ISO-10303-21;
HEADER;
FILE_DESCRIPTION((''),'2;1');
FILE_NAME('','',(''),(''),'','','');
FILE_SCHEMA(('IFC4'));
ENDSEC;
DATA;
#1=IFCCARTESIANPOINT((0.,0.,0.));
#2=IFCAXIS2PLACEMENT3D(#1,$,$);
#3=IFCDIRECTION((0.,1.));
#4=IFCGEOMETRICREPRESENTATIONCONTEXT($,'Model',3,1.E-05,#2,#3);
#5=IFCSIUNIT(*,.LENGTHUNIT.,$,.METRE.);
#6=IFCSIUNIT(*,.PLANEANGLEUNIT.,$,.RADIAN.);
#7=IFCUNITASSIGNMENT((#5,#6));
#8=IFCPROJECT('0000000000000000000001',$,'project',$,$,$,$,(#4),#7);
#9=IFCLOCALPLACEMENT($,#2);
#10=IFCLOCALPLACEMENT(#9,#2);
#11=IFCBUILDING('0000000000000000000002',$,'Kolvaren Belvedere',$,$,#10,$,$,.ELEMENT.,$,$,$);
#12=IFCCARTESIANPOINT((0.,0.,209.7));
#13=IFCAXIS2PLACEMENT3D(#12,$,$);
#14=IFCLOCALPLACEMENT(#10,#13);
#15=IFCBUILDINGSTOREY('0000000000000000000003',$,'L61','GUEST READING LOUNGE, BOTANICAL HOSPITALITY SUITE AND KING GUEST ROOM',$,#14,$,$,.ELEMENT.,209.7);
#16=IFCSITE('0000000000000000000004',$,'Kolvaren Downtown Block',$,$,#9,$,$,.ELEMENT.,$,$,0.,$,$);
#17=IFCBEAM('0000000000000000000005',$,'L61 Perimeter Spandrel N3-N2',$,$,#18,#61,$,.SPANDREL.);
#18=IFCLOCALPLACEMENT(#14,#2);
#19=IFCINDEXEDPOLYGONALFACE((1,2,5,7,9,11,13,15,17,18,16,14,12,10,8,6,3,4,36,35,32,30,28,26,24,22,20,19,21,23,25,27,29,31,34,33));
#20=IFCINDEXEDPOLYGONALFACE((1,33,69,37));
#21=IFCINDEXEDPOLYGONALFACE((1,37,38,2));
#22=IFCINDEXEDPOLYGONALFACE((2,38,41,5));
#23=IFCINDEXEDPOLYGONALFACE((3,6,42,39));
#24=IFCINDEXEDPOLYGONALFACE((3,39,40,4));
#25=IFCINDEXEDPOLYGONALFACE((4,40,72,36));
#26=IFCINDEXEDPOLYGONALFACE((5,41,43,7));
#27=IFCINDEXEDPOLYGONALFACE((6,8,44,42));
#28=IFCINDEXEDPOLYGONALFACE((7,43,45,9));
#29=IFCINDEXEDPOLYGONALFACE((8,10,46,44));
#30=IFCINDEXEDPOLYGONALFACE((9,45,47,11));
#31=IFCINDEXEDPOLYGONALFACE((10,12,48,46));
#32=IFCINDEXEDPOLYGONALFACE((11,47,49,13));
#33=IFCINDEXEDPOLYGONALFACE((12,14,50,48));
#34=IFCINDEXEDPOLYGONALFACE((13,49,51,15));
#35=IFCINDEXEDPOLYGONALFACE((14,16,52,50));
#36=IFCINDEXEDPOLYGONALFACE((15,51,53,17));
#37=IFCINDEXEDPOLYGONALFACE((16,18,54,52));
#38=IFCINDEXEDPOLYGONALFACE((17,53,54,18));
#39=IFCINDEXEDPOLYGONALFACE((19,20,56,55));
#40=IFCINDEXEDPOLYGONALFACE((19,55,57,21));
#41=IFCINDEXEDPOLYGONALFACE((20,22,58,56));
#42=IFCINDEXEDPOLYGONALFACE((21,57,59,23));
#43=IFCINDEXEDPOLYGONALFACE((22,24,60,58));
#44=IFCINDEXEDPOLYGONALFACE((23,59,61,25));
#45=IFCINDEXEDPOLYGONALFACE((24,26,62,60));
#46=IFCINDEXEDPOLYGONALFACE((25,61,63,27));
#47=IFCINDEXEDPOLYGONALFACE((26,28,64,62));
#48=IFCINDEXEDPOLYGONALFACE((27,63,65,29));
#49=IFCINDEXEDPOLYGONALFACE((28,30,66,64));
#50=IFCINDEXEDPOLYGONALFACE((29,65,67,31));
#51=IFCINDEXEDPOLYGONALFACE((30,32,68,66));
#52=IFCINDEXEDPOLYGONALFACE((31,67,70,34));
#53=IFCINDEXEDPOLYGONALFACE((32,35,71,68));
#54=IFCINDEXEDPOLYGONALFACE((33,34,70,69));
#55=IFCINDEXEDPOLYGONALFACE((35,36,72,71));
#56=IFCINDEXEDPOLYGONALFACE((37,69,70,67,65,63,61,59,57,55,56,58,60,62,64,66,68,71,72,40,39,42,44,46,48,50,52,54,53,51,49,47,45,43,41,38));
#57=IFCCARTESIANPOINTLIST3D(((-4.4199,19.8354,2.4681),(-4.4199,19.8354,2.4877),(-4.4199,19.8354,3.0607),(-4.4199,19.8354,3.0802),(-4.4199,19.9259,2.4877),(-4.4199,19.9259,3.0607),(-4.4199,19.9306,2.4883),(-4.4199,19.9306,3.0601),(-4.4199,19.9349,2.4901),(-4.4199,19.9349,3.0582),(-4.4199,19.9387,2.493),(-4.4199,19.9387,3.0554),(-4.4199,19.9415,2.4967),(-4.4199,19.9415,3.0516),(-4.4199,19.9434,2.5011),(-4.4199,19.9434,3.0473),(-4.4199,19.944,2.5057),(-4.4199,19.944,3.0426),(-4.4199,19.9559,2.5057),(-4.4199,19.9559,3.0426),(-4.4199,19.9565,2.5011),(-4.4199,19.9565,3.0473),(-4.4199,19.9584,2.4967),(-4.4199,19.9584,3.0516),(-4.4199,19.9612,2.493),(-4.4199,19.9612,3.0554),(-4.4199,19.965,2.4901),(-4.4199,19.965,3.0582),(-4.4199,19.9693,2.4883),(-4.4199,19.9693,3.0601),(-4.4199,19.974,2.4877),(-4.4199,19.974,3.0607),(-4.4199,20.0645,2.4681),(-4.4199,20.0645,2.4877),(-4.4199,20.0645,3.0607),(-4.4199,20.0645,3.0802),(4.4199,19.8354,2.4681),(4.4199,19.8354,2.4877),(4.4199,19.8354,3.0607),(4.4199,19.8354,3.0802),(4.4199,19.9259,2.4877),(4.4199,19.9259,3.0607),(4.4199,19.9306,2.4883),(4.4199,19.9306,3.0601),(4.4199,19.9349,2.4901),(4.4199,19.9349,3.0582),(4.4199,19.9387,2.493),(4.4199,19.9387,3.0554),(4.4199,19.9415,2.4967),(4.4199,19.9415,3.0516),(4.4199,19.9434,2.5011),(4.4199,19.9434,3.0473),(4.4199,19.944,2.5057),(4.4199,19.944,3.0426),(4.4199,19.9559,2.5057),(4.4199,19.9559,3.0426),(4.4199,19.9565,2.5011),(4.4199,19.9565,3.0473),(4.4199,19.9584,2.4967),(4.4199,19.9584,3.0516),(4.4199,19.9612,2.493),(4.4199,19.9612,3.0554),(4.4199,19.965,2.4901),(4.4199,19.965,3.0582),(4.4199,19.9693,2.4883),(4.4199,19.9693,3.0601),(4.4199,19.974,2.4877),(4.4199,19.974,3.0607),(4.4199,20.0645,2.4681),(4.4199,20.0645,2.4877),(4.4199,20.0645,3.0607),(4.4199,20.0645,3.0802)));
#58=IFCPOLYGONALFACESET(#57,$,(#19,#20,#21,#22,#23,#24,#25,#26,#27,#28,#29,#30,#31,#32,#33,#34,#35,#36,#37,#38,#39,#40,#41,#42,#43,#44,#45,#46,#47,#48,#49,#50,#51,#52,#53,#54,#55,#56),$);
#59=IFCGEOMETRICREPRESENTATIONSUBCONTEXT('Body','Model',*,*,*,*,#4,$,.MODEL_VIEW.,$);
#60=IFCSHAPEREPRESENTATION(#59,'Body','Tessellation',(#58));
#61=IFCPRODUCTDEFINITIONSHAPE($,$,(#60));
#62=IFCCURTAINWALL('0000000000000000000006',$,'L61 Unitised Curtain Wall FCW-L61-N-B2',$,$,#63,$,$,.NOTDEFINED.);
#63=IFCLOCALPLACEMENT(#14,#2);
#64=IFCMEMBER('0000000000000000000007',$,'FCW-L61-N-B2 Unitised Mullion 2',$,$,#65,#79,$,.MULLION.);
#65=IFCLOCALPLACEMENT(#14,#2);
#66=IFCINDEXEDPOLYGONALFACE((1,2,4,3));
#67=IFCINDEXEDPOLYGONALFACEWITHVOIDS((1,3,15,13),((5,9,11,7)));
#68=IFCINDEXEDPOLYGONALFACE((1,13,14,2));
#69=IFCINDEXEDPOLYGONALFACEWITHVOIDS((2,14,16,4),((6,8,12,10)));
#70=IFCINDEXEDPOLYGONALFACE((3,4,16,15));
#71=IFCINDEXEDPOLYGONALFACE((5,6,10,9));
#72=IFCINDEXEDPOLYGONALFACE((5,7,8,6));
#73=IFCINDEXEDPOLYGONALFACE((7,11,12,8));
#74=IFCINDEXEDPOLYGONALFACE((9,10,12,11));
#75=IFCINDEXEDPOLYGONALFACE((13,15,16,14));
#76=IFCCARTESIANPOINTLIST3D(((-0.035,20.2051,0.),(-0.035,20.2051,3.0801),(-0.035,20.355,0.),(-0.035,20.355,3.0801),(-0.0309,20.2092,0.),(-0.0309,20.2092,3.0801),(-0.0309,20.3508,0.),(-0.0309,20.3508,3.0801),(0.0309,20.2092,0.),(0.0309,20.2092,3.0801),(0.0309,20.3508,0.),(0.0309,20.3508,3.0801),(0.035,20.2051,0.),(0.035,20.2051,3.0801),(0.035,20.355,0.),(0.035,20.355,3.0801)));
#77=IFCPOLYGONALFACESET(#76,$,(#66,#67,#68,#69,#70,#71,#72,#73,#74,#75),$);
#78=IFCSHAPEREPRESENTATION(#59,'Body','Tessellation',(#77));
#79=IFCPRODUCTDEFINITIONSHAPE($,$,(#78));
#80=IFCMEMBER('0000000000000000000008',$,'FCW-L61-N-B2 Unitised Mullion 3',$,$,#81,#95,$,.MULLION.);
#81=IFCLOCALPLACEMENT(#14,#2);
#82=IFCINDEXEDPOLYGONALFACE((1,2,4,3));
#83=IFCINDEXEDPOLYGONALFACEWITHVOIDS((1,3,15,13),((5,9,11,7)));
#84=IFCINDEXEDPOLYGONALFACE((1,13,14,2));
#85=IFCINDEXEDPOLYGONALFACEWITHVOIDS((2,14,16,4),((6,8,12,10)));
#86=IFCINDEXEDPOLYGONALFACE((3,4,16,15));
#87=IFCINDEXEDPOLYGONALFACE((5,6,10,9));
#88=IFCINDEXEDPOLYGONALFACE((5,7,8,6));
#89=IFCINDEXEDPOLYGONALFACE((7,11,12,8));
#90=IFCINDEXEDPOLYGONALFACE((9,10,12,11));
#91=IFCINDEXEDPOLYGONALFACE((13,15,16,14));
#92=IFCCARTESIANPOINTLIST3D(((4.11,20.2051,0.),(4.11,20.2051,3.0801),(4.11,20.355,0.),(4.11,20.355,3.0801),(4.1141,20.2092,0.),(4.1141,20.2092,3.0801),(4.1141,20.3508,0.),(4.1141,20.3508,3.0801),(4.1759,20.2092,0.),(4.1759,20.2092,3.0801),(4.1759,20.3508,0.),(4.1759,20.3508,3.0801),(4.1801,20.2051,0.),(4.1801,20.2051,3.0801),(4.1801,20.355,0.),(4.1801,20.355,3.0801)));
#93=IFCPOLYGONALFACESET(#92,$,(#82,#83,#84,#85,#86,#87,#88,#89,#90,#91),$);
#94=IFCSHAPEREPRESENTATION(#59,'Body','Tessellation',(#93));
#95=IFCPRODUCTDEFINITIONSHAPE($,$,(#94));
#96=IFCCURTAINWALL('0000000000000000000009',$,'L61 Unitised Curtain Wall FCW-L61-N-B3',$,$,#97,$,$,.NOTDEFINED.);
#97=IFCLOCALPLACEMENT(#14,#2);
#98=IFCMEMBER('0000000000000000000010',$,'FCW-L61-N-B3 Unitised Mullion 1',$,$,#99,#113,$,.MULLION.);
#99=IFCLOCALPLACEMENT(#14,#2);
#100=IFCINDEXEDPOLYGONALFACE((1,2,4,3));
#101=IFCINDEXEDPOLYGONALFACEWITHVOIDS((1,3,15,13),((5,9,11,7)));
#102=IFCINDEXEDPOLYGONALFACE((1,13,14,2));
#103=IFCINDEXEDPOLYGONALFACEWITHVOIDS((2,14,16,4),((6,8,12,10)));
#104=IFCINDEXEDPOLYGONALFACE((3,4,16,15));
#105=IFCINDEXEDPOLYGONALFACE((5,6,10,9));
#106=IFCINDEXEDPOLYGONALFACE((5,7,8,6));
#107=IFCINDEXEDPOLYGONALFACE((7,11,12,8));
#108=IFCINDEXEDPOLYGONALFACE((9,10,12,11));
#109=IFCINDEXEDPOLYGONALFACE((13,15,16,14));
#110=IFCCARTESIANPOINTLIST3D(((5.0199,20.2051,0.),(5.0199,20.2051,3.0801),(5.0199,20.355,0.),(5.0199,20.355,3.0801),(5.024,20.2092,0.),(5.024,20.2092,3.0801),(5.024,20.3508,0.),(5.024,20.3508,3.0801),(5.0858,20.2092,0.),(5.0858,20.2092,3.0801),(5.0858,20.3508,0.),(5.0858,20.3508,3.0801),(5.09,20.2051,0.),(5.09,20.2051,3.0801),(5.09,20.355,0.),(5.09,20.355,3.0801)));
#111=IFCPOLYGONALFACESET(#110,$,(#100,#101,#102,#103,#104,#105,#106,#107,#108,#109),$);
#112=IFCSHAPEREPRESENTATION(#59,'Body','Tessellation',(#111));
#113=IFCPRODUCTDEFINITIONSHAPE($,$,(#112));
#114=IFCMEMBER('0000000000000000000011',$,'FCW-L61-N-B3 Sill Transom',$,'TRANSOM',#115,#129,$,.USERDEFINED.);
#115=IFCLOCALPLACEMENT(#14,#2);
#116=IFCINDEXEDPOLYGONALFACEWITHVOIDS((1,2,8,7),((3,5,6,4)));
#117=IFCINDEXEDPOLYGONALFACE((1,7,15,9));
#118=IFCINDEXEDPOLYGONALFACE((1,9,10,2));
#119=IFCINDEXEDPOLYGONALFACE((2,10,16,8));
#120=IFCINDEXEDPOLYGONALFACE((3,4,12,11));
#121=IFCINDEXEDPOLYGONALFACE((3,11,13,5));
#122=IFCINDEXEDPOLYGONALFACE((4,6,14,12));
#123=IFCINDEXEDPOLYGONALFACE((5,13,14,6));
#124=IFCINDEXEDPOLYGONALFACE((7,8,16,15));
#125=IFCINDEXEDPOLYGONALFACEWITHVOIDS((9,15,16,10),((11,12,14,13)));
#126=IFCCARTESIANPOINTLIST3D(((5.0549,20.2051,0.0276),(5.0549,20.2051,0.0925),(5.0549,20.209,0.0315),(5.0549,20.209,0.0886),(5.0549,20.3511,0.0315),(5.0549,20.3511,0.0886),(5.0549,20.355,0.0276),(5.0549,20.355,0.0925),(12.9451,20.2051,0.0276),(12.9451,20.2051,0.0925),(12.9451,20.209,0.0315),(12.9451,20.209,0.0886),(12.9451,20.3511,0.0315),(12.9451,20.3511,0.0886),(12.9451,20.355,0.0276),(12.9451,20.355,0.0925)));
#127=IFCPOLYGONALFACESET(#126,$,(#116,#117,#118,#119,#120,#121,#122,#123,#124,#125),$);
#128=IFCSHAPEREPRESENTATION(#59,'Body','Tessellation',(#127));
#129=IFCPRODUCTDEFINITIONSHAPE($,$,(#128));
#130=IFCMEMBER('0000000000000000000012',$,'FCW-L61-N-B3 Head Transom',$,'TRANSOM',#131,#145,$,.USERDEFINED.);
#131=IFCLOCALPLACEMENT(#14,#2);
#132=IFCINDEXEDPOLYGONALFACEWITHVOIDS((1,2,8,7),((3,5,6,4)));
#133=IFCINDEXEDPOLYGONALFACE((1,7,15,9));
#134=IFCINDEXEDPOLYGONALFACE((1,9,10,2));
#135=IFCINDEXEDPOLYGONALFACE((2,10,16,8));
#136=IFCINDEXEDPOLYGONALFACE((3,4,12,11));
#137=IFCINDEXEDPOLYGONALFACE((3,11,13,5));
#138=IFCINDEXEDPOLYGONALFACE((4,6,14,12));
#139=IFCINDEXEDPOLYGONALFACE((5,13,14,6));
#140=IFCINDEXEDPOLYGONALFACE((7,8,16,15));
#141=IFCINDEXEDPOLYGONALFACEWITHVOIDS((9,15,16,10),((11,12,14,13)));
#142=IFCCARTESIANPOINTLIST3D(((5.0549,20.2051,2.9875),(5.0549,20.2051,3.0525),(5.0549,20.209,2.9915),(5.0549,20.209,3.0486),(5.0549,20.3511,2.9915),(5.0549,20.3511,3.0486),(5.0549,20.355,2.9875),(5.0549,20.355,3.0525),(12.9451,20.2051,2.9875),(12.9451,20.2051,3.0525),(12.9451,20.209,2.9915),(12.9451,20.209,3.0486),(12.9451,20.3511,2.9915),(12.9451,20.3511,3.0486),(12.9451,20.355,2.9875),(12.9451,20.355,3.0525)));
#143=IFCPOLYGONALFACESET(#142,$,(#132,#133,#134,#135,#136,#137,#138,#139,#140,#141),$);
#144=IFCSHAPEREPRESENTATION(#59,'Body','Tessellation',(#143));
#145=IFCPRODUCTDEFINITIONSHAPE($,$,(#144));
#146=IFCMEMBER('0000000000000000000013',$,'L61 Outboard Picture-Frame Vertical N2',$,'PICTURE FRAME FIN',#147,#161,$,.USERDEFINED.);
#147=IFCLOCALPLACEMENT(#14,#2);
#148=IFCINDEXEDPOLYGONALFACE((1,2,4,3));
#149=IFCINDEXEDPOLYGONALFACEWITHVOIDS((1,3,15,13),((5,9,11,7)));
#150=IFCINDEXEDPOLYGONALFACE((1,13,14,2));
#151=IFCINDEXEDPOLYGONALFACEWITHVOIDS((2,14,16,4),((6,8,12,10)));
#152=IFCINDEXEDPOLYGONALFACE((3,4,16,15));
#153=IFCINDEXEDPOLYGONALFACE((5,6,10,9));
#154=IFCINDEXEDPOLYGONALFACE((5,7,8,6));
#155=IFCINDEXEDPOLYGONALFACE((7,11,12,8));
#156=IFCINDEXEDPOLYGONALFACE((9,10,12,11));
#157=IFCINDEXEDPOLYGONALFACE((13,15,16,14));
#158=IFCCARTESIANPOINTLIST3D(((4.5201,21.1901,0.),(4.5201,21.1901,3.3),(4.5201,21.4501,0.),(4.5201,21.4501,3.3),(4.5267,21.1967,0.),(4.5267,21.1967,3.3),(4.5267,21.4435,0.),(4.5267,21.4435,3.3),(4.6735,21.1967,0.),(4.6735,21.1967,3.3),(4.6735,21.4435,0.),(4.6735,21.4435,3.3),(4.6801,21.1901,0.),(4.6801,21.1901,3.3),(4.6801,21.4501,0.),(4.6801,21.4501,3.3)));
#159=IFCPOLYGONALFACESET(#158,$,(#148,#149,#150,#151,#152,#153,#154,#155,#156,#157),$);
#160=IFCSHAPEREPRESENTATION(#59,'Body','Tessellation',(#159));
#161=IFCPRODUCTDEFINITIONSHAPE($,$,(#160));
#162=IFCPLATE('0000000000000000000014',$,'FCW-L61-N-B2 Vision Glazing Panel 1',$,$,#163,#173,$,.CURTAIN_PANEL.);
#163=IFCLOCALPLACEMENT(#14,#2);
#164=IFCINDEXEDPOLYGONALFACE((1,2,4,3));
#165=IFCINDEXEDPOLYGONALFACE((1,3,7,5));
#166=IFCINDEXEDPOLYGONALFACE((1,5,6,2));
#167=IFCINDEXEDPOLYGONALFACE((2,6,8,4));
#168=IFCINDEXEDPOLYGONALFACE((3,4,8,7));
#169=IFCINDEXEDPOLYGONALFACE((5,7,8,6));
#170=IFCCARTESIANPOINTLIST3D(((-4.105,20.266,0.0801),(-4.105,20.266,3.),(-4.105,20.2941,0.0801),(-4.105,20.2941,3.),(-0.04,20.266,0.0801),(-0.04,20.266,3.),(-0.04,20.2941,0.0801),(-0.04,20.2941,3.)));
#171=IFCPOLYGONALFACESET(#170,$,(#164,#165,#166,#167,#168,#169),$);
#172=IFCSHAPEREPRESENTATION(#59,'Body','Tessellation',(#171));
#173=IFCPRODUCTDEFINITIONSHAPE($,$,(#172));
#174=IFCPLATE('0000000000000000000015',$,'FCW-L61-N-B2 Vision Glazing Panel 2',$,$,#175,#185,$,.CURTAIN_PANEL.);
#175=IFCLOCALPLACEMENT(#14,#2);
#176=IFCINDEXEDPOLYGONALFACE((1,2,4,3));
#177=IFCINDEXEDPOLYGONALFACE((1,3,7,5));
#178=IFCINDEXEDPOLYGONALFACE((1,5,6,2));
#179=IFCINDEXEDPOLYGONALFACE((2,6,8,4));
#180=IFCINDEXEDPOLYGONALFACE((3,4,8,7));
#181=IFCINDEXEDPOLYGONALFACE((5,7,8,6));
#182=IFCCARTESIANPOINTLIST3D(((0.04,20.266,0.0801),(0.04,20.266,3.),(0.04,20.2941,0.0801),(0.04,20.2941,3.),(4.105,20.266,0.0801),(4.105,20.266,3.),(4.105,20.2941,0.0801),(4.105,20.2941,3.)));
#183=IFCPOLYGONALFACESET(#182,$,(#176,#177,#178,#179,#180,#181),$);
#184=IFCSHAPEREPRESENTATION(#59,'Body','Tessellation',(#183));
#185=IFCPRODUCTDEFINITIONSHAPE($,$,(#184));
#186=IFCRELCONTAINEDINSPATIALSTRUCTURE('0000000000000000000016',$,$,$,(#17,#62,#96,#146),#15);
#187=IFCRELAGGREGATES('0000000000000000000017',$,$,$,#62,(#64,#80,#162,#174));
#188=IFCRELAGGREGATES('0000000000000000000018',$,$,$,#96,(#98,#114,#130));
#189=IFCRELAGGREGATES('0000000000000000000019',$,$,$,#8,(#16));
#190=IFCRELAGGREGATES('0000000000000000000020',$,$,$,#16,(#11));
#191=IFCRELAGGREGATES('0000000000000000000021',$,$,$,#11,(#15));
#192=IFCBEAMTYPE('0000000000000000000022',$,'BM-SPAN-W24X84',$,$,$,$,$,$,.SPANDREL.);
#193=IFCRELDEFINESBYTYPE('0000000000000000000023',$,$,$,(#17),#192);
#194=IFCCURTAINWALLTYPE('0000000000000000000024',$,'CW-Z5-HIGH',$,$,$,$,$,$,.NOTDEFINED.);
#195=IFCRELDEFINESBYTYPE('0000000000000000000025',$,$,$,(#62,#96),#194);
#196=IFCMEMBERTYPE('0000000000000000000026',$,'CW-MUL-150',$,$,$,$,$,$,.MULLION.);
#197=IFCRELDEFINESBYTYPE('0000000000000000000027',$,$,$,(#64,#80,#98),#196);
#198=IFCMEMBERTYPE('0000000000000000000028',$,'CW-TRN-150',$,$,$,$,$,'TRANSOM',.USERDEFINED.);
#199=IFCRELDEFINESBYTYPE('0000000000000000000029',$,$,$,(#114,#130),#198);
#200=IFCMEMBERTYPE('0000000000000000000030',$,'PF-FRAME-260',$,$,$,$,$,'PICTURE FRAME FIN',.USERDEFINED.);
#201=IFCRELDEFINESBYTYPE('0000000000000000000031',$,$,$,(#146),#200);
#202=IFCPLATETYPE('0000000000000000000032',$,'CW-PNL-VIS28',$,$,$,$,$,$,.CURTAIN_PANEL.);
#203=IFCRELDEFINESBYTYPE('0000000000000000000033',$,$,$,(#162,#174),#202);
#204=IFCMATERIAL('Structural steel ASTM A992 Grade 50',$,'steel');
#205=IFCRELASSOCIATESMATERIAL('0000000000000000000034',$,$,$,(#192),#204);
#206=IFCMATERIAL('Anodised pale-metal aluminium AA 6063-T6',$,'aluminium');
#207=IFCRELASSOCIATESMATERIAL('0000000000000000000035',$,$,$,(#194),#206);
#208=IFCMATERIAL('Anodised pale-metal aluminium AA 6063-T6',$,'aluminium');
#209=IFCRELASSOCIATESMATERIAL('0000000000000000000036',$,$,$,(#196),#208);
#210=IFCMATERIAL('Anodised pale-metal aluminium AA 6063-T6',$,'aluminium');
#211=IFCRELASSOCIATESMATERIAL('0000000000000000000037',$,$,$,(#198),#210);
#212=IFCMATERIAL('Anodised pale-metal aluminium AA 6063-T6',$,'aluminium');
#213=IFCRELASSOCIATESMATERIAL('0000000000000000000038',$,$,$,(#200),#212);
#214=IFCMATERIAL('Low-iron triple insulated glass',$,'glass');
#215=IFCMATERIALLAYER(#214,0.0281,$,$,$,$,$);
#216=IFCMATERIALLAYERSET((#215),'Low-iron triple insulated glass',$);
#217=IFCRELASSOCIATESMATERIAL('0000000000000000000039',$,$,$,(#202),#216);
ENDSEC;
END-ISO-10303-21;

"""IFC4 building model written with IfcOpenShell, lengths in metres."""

from ifc_helpers import new_model, si_unit, direction, frame, origin, origin_2d, place, context, subcontext, project, spatial, rectangle, hollow_rectangle, i_section, extrude, material, layer, layer_set, material_profile, profile_set, type_object, element, aggregate, save


model = new_model("IFC4")

# Units and contexts
model_context = context("Model", 3, precision=1e-05, world=origin(), true_north=direction((0.0, 1.0)))
body_context = subcontext(model_context, "Body", "Model", "MODEL_VIEW")
ifc_project = project(units=[si_unit("LENGTHUNIT", "METRE"), si_unit("PLANEANGLEUNIT", "RADIAN")], contexts=[model_context])

# Site, building, storey
site_placement = place(None, origin())
site = spatial("IfcSite", under=ifc_project, at=site_placement, Name="Kolvaren Downtown Block", CompositionType="ELEMENT", RefElevation=0.0)
building_placement = place(site_placement, origin())
building = spatial("IfcBuilding", under=site, at=building_placement, Name="Kolvaren Belvedere", CompositionType="ELEMENT")
storey_placement = place(building_placement, frame((0.0, 0.0, 209.7)))
storey = spatial("IfcBuildingStorey", under=building, at=storey_placement, Name="L61", Description="GUEST READING LOUNGE, BOTANICAL HOSPITALITY SUITE AND KING GUEST ROOM", CompositionType="ELEMENT", Elevation=209.7)

# Beam
ifc_material_1 = material(Name="Structural steel ASTM A992 Grade 50", Category="steel")
ifc_material_profile_1 = material_profile(ifc_material_1, i_section(OverallWidth=0.229, OverallDepth=0.6121, WebThickness=0.012, FlangeThickness=0.0195, FilletRadius=0.0181, at=origin_2d()), Name="W24X84")
ifc_profile_set_1 = profile_set([ifc_material_profile_1], Name="Structural steel ASTM A992 Grade 50")
beam_type_1 = type_object("IfcBeamType", Name="BM-SPAN-W24X84", PredefinedType="SPANDREL", material=ifc_profile_set_1)
beam_1_placement = place(storey_placement, frame((4.4199, 19.95, 2.7742), z_axis=(-1.0, 0.0, 0.0), x_axis=(0.0, -1.0, 0.0)))
element("IfcBeam", 1, at=beam_1_placement, inside=storey, type_object=beam_type_1, Name="L61 Perimeter Spandrel N3-N2", PredefinedType="SPANDREL", context=body_context, shape_type="SweptSolid", body=[
    extrude(i_section(OverallWidth=0.229, OverallDepth=0.6121, WebThickness=0.012, FlangeThickness=0.0195, FilletRadius=0.0181, at=origin_2d()), origin(), (0.0, 0.0, 1.0), 8.8398),
])

# Curtain walls, members
ifc_material_2 = material(Name="Anodised pale-metal aluminium AA 6063-T6", Category="aluminium")
curtain_wall_type = type_object("IfcCurtainWallType", Name="CW-Z5-HIGH", PredefinedType="NOTDEFINED", material=ifc_material_2)
curtain_wall_1_placement = place(storey_placement, origin())
curtain_wall_1 = element("IfcCurtainWall", 2, at=curtain_wall_1_placement, inside=storey, type_object=curtain_wall_type, Name="L61 Unitised Curtain Wall FCW-L61-N-B2", PredefinedType="NOTDEFINED")
ifc_material_3 = material(Name="Anodised pale-metal aluminium AA 6063-T6", Category="aluminium")
ifc_material_profile_2 = material_profile(ifc_material_3, hollow_rectangle(XDim=0.0701, YDim=0.1499, WallThickness=0.0042, at=origin_2d()), Name="ALU-MUL-150X70")
ifc_profile_set_2 = profile_set([ifc_material_profile_2], Name="Anodised pale-metal aluminium AA 6063-T6")
member_type_1 = type_object("IfcMemberType", Name="CW-MUL-150", PredefinedType="MULLION", material=ifc_profile_set_2)
member_1_placement = place(storey_placement, frame((0.0, 20.28, 0.0), z_axis=(0.0, 0.0, 1.0), x_axis=(1.0, 0.0, 0.0)))
member_1 = element("IfcMember", 3, at=member_1_placement, type_object=member_type_1, Name="FCW-L61-N-B2 Unitised Mullion 2", PredefinedType="MULLION", context=body_context, shape_type="SweptSolid", body=[
    extrude(hollow_rectangle(XDim=0.0701, YDim=0.1499, WallThickness=0.0042, at=origin_2d()), origin(), (0.0, 0.0, 1.0), 3.0801),
])
member_2_placement = place(storey_placement, frame((4.145, 20.28, 0.0), z_axis=(0.0, 0.0, 1.0), x_axis=(1.0, 0.0, 0.0)))
member_2 = element("IfcMember", 4, at=member_2_placement, type_object=member_type_1, Name="FCW-L61-N-B2 Unitised Mullion 3", PredefinedType="MULLION", context=body_context, shape_type="SweptSolid", body=[
    extrude(hollow_rectangle(XDim=0.0701, YDim=0.1499, WallThickness=0.0042, at=origin_2d()), origin(), (0.0, 0.0, 1.0), 3.0801),
])
curtain_wall_2_placement = place(storey_placement, origin())
curtain_wall_2 = element("IfcCurtainWall", 5, at=curtain_wall_2_placement, inside=storey, type_object=curtain_wall_type, Name="L61 Unitised Curtain Wall FCW-L61-N-B3", PredefinedType="NOTDEFINED")
member_3_placement = place(storey_placement, frame((5.0549, 20.28, 0.0), z_axis=(0.0, 0.0, 1.0), x_axis=(1.0, 0.0, 0.0)))
member_3 = element("IfcMember", 6, at=member_3_placement, type_object=member_type_1, Name="FCW-L61-N-B3 Unitised Mullion 1", PredefinedType="MULLION", context=body_context, shape_type="SweptSolid", body=[
    extrude(hollow_rectangle(XDim=0.0701, YDim=0.1499, WallThickness=0.0042, at=origin_2d()), origin(), (0.0, 0.0, 1.0), 3.0801),
])
ifc_material_4 = material(Name="Anodised pale-metal aluminium AA 6063-T6", Category="aluminium")
ifc_material_profile_3 = material_profile(ifc_material_4, hollow_rectangle(XDim=0.0649, YDim=0.1499, WallThickness=0.0039, at=origin_2d()), Name="ALU-TRN-150X65")
ifc_profile_set_3 = profile_set([ifc_material_profile_3], Name="Anodised pale-metal aluminium AA 6063-T6")
member_type_2 = type_object("IfcMemberType", Name="CW-TRN-150", ElementType="TRANSOM", PredefinedType="USERDEFINED", material=ifc_profile_set_3)
member_4_placement = place(storey_placement, frame((5.0549, 20.28, 0.0601), z_axis=(1.0, 0.0, 0.0), x_axis=(0.0, 0.0, 1.0)))
member_4 = element("IfcMember", 7, at=member_4_placement, type_object=member_type_2, Name="FCW-L61-N-B3 Sill Transom", ObjectType="TRANSOM", PredefinedType="USERDEFINED", context=body_context, shape_type="SweptSolid", body=[
    extrude(hollow_rectangle(XDim=0.0649, YDim=0.1499, WallThickness=0.0039, at=origin_2d()), origin(), (0.0, 0.0, 1.0), 7.8901),
])
member_5_placement = place(storey_placement, frame((5.0549, 20.28, 3.02), z_axis=(1.0, 0.0, 0.0), x_axis=(0.0, 0.0, 1.0)))
member_5 = element("IfcMember", 8, at=member_5_placement, type_object=member_type_2, Name="FCW-L61-N-B3 Head Transom", ObjectType="TRANSOM", PredefinedType="USERDEFINED", context=body_context, shape_type="SweptSolid", body=[
    extrude(hollow_rectangle(XDim=0.0649, YDim=0.1499, WallThickness=0.0039, at=origin_2d()), origin(), (0.0, 0.0, 1.0), 7.8901),
])

# Member
ifc_material_5 = material(Name="Anodised pale-metal aluminium AA 6063-T6", Category="aluminium")
ifc_material_profile_4 = material_profile(ifc_material_5, hollow_rectangle(XDim=0.1599, YDim=0.26, WallThickness=0.0066, at=origin_2d()), Name="ALU-PF-260X160")
ifc_profile_set_4 = profile_set([ifc_material_profile_4], Name="Anodised pale-metal aluminium AA 6063-T6")
member_type_3 = type_object("IfcMemberType", Name="PF-FRAME-260", ElementType="PICTURE FRAME FIN", PredefinedType="USERDEFINED", material=ifc_profile_set_4)
member_6_placement = place(storey_placement, frame((4.6001, 21.3201, 0.0), z_axis=(0.0, 0.0, 1.0), x_axis=(1.0, 0.0, 0.0)))
element("IfcMember", 9, at=member_6_placement, inside=storey, type_object=member_type_3, Name="L61 Outboard Picture-Frame Vertical N2", ObjectType="PICTURE FRAME FIN", PredefinedType="USERDEFINED", context=body_context, shape_type="SweptSolid", body=[
    extrude(hollow_rectangle(XDim=0.1599, YDim=0.26, WallThickness=0.0066, at=origin_2d()), origin(), (0.0, 0.0, 1.0), 3.3),
])

# Plates
ifc_material_6 = material(Name="Low-iron triple insulated glass", Category="glass")
ifc_layer_1 = layer(ifc_material_6, 0.0281)
ifc_layer_set_1 = layer_set([ifc_layer_1], Name="Low-iron triple insulated glass")
plate_type_1 = type_object("IfcPlateType", Name="CW-PNL-VIS28", PredefinedType="CURTAIN_PANEL", material=ifc_layer_set_1)
plate_1_placement = place(storey_placement, frame((-2.0725, 20.28, 0.0801), z_axis=(0.0, 0.0, 1.0), x_axis=(1.0, 0.0, 0.0)))
plate_1 = element("IfcPlate", 10, at=plate_1_placement, type_object=plate_type_1, Name="FCW-L61-N-B2 Vision Glazing Panel 1", PredefinedType="CURTAIN_PANEL", context=body_context, shape_type="SweptSolid", body=[
    extrude(rectangle(XDim=4.0649, YDim=0.0281, at=origin_2d()), origin(), (0.0, 0.0, 1.0), 2.9199),
])
plate_2_placement = place(storey_placement, frame((2.0725, 20.28, 0.0801), z_axis=(0.0, 0.0, 1.0), x_axis=(1.0, 0.0, 0.0)))
plate_2 = element("IfcPlate", 11, at=plate_2_placement, type_object=plate_type_1, Name="FCW-L61-N-B2 Vision Glazing Panel 2", PredefinedType="CURTAIN_PANEL", context=body_context, shape_type="SweptSolid", body=[
    extrude(rectangle(XDim=4.0649, YDim=0.0281, at=origin_2d()), origin(), (0.0, 0.0, 1.0), 2.9199),
])
aggregate(curtain_wall_1, [member_1, member_2, plate_1, plate_2])
aggregate(curtain_wall_2, [member_3, member_4, member_5])

save(model, "model.ifc")
